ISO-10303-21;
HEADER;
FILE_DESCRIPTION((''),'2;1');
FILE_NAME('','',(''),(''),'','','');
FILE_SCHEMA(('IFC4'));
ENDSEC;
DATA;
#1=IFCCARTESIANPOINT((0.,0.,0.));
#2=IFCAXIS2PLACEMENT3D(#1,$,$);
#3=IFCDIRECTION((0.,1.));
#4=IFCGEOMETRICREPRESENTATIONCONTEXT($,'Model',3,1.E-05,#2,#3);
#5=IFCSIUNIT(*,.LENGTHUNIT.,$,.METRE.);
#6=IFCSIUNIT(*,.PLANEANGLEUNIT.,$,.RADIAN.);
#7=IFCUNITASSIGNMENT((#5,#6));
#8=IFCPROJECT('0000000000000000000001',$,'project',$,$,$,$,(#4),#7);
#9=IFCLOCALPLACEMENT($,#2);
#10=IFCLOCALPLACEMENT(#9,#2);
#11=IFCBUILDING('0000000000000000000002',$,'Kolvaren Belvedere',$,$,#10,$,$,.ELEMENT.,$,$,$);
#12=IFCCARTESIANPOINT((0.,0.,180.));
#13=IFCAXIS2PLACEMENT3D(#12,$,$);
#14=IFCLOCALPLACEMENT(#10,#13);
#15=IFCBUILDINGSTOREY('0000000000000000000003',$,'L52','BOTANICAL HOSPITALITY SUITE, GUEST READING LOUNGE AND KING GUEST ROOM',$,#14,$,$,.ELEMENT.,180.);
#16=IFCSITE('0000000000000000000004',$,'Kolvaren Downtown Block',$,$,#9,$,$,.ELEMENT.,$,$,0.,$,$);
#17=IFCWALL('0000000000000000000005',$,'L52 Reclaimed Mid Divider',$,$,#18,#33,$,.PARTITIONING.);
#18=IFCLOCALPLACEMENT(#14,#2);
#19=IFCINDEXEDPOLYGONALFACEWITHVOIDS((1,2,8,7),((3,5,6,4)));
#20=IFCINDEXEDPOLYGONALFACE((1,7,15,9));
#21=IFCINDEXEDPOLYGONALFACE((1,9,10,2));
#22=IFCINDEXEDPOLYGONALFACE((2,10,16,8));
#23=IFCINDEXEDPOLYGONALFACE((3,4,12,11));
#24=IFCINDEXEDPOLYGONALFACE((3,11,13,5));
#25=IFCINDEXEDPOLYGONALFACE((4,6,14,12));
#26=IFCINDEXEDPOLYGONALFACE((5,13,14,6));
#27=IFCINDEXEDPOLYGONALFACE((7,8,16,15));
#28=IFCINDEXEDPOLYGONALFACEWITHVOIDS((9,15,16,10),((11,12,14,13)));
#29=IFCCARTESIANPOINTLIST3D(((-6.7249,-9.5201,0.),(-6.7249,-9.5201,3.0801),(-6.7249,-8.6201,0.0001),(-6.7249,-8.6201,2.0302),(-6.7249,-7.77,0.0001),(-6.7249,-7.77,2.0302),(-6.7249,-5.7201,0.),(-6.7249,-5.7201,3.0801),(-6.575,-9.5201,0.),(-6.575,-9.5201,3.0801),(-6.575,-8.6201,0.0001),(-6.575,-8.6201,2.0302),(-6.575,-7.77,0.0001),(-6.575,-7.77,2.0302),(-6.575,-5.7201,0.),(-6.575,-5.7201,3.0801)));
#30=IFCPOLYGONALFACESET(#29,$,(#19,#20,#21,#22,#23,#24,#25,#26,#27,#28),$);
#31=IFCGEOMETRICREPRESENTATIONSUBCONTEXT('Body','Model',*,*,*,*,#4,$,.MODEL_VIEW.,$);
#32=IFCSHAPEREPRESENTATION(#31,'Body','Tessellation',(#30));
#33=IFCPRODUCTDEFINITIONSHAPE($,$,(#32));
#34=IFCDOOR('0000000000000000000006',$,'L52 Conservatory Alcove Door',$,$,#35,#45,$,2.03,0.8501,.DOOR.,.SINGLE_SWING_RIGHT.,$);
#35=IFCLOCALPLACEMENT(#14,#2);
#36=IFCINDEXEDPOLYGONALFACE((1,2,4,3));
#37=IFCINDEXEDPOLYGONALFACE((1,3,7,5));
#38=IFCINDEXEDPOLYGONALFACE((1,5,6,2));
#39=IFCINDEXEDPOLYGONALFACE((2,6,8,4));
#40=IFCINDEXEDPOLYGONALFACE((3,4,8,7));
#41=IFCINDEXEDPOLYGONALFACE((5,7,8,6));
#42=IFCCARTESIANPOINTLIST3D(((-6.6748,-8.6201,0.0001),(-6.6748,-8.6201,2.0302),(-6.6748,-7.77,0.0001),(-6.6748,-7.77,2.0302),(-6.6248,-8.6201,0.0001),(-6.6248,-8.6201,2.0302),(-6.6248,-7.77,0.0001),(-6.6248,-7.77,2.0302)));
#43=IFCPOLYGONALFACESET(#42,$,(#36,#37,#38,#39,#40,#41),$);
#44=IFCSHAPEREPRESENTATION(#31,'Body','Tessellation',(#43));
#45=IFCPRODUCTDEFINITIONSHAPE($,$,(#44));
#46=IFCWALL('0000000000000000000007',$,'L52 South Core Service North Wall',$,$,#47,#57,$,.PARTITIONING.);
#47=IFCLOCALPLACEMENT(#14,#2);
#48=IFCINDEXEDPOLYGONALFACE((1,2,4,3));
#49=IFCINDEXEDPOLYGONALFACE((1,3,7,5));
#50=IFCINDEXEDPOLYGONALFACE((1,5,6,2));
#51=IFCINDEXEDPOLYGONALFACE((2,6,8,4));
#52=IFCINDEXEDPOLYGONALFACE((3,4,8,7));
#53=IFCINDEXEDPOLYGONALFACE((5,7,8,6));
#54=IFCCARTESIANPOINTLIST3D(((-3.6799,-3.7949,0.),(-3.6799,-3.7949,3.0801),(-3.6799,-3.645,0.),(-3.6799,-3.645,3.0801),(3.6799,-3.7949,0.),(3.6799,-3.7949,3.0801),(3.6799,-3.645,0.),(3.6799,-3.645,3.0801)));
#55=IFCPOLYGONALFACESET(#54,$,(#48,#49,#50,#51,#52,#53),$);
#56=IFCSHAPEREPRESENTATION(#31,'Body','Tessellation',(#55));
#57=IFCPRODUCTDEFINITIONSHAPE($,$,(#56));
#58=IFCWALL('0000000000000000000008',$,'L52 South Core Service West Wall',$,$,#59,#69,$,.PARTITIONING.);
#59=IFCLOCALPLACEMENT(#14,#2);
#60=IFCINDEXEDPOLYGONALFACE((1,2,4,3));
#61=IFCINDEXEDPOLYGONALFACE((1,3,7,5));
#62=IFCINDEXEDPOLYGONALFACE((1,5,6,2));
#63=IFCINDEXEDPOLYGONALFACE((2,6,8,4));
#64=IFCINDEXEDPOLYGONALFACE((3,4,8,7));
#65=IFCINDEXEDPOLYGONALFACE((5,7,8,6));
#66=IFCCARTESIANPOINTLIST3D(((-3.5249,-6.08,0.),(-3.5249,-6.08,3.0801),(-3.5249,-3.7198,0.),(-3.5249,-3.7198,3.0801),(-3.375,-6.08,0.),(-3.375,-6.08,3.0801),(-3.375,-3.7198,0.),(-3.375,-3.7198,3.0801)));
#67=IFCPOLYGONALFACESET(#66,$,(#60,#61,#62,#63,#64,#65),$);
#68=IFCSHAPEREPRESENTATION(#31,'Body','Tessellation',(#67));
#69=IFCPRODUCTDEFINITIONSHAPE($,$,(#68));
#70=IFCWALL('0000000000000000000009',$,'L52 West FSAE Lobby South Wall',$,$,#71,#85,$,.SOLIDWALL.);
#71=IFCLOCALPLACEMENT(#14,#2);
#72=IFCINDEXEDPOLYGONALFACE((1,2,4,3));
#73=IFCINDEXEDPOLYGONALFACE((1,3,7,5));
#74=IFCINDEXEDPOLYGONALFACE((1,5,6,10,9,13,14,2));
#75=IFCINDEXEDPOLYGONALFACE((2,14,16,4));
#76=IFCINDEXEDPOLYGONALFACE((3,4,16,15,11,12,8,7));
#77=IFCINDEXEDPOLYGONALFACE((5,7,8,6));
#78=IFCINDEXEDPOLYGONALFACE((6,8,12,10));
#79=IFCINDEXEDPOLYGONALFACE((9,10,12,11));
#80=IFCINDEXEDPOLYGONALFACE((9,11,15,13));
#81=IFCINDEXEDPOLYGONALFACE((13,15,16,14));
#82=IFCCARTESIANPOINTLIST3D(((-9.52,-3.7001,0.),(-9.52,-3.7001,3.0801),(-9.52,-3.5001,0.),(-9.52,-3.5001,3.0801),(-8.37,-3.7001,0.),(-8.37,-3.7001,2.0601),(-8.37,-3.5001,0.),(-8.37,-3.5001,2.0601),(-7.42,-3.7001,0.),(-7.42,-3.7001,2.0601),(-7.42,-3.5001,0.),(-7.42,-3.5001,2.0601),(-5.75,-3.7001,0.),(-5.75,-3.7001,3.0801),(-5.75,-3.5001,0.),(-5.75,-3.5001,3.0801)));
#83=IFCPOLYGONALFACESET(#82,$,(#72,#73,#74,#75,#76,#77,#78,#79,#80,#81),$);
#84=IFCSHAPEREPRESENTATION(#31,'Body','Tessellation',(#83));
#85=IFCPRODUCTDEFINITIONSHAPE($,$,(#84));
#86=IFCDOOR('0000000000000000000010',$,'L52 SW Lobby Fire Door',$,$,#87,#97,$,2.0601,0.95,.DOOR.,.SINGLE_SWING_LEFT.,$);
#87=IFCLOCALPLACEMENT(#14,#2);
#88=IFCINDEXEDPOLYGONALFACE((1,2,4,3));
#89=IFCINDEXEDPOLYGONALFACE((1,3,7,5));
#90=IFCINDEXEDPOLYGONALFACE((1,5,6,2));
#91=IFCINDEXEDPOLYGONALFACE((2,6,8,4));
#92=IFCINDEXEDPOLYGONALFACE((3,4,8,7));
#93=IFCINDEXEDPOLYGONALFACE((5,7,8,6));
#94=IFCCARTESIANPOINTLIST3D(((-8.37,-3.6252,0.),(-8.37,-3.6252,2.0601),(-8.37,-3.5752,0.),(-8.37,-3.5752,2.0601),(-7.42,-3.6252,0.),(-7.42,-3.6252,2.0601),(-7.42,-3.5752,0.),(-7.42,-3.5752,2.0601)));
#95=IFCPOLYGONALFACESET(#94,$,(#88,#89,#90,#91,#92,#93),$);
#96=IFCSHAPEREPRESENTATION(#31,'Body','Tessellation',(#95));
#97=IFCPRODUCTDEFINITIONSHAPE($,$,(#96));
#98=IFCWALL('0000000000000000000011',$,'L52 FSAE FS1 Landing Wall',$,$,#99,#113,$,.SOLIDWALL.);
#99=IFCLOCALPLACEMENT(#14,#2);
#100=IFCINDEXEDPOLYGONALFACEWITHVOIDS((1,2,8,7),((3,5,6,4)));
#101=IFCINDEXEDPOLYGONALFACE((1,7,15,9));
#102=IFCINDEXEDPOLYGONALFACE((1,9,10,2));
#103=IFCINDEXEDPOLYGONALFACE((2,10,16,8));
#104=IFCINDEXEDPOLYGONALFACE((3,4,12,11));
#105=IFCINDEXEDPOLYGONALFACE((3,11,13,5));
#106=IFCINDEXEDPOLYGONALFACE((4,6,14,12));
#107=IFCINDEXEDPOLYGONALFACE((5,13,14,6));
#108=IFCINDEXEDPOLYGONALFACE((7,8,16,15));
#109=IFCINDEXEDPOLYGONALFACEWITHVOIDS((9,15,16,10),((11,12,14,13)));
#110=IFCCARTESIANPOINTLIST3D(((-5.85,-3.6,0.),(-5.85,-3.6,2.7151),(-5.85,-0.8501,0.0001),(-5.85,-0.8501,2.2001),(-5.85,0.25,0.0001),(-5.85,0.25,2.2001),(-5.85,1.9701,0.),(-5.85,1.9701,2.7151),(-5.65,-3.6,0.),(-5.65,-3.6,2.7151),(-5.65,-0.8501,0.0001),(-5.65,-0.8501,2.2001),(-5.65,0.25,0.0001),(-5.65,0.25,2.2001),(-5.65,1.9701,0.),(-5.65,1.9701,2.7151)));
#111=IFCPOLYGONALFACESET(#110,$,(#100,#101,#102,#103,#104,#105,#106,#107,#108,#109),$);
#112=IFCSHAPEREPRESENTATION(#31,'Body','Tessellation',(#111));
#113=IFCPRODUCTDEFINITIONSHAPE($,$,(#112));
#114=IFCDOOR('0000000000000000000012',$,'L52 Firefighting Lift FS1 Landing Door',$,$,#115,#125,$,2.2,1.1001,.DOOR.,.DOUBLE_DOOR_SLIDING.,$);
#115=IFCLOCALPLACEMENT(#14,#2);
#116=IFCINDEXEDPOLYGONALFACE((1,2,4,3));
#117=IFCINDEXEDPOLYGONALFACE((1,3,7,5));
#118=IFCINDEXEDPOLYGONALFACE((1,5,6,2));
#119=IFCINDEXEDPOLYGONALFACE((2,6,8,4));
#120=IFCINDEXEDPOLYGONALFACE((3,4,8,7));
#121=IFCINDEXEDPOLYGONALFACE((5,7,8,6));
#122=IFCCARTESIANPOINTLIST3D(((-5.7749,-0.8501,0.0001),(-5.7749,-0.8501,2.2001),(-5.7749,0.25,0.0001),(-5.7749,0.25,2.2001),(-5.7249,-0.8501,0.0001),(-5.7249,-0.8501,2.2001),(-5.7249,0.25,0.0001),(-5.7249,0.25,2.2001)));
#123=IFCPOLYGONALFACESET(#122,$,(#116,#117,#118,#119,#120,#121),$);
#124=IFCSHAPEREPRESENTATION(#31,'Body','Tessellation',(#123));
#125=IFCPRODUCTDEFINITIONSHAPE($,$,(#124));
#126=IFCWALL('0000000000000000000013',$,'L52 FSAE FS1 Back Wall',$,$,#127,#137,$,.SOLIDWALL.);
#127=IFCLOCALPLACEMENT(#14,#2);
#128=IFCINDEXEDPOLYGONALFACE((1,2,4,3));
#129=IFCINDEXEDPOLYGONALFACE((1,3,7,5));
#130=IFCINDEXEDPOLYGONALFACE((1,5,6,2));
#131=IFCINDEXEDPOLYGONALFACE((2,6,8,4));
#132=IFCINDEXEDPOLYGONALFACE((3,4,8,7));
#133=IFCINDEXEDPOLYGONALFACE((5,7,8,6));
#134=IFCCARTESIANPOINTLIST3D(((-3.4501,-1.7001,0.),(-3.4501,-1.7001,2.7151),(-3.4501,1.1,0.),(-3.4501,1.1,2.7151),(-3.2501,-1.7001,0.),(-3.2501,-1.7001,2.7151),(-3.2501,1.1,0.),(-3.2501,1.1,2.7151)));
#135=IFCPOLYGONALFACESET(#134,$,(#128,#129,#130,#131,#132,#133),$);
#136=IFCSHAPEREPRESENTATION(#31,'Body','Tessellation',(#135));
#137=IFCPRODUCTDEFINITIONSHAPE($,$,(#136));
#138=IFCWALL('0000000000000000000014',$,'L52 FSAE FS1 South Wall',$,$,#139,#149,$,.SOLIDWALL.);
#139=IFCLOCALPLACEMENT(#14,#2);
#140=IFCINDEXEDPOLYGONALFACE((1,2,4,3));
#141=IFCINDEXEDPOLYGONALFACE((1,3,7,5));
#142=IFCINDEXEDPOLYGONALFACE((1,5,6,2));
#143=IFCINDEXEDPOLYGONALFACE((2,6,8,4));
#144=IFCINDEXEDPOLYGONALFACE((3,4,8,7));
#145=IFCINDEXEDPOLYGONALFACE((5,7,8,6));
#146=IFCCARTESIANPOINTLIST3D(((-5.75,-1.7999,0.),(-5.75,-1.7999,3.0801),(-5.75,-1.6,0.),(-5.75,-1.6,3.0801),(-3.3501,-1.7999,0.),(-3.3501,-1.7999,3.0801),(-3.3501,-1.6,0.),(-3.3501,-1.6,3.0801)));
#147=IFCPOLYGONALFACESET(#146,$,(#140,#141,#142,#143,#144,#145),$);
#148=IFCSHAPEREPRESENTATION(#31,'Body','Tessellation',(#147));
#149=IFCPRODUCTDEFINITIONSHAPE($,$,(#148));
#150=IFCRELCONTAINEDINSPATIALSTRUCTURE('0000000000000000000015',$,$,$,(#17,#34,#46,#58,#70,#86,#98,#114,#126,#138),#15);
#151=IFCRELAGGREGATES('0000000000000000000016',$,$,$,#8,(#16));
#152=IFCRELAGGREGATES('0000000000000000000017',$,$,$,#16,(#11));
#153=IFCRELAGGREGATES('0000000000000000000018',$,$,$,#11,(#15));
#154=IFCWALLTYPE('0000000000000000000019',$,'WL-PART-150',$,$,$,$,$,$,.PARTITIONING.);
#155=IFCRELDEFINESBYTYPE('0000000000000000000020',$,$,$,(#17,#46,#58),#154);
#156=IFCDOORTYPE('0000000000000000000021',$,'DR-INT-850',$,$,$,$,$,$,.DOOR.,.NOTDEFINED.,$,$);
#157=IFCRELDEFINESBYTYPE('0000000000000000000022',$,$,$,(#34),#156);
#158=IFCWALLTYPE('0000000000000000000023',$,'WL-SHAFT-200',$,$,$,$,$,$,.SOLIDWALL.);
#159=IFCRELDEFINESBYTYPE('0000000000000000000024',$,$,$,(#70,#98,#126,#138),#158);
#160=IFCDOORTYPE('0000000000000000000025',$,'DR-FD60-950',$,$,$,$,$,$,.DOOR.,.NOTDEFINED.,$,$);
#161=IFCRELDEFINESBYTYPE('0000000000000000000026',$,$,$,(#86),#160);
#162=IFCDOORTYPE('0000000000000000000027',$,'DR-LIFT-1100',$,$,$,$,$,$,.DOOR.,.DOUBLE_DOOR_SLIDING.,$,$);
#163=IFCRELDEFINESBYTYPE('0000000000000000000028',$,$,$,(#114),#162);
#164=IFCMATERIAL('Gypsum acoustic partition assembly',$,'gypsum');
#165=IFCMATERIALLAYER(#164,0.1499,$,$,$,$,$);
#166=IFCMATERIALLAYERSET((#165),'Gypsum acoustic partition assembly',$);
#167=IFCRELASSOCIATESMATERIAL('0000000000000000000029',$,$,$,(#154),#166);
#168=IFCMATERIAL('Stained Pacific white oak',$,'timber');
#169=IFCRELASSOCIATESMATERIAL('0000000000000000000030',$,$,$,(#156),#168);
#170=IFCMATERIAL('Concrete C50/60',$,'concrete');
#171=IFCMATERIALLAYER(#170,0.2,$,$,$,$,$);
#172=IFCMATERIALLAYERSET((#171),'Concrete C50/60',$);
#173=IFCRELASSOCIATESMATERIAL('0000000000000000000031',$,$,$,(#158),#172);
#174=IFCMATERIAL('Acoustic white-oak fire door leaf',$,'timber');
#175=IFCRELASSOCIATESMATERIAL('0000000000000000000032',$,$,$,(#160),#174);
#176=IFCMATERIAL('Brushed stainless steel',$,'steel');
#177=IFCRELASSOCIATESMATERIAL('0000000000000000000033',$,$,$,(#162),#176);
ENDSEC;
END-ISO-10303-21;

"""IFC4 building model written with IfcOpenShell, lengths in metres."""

from ifc_helpers import new_model, si_unit, direction, frame, frame_2d, origin, place, context, subcontext, project, spatial, rectangle, extrude, material, layer, layer_set, type_object, element, fill, save


model = new_model("IFC4")

# Units and contexts
model_context = context("Model", 3, precision=1e-05, world=origin(), true_north=direction((0.0, 1.0)))
body_context = subcontext(model_context, "Body", "Model", "MODEL_VIEW")
ifc_project = project(units=[si_unit("LENGTHUNIT", "METRE"), si_unit("PLANEANGLEUNIT", "RADIAN")], contexts=[model_context])

# Site, building, storey
site_placement = place(None, origin())
site = spatial("IfcSite", under=ifc_project, at=site_placement, Name="Kolvaren Downtown Block", CompositionType="ELEMENT", RefElevation=0.0)
building_placement = place(site_placement, origin())
building = spatial("IfcBuilding", under=site, at=building_placement, Name="Kolvaren Belvedere", CompositionType="ELEMENT")
storey_placement = place(building_placement, frame((0.0, 0.0, 180.0)))
storey = spatial("IfcBuildingStorey", under=building, at=storey_placement, Name="L52", Description="BOTANICAL HOSPITALITY SUITE, GUEST READING LOUNGE AND KING GUEST ROOM", CompositionType="ELEMENT", Elevation=180.0)

# Wall, opening, door
ifc_material_1 = material(Name="Gypsum acoustic partition assembly", Category="gypsum")
ifc_layer_1 = layer(ifc_material_1, 0.1499)
ifc_layer_set_1 = layer_set([ifc_layer_1], Name="Gypsum acoustic partition assembly")
wall_type_1 = type_object("IfcWallType", Name="WL-PART-150", PredefinedType="PARTITIONING", material=ifc_layer_set_1)
wall_1_placement = place(storey_placement, frame((-6.6499, -9.52, 0.0), z_axis=(0.0, 0.0, 1.0), x_axis=(0.0, 1.0, 0.0)))
wall_1 = element("IfcWall", 1, at=wall_1_placement, inside=storey, type_object=wall_type_1, Name="L52 Reclaimed Mid Divider", PredefinedType="PARTITIONING", context=body_context, shape_type="SweptSolid", body=[
    extrude(rectangle(XDim=3.8, YDim=0.1499, at=frame_2d((1.8999, 0.0))), origin(), (0.0, 0.0, 1.0), 3.0801),
])
opening_1_placement = place(wall_1_placement, frame((0.8999, 0.0, 0.0)))
opening_1 = element("IfcOpeningElement", 2, at=opening_1_placement, cuts=wall_1, PredefinedType="OPENING", context=body_context, shape_type="SweptSolid", body=[
    extrude(rectangle(XDim=0.8501, YDim=2.03, at=frame_2d((0.425, 1.0151))), frame((0.0, 0.085, 0.0), z_axis=(0.0, -1.0, 0.0), x_axis=(1.0, 0.0, 0.0)), (0.0, 0.0, 1.0), 0.1699),
])
ifc_material_2 = material(Name="Stained Pacific white oak", Category="timber")
door_type_1 = type_object("IfcDoorType", Name="DR-INT-850", OperationType="NOTDEFINED", PredefinedType="DOOR", material=ifc_material_2)
door_1_placement = place(opening_1_placement, origin())
door_1 = element("IfcDoor", 3, at=door_1_placement, inside=storey, type_object=door_type_1, Name="L52 Conservatory Alcove Door", OperationType="SINGLE_SWING_RIGHT", OverallHeight=2.03, OverallWidth=0.8501, PredefinedType="DOOR", context=body_context, shape_type="SweptSolid", body=[
    extrude(rectangle(XDim=0.8501, YDim=2.03, at=frame_2d((0.425, 1.0151))), frame((0.0, 0.0249, 0.0), z_axis=(0.0, -1.0, 0.0), x_axis=(1.0, 0.0, 0.0)), (0.0, 0.0, 1.0), 0.05),
])
fill(opening_1, door_1)

# Walls
wall_2_placement = place(storey_placement, frame((-3.6799, -3.72, 0.0), z_axis=(0.0, 0.0, 1.0), x_axis=(1.0, 0.0, 0.0)))
element("IfcWall", 4, at=wall_2_placement, inside=storey, type_object=wall_type_1, Name="L52 South Core Service North Wall", PredefinedType="PARTITIONING", context=body_context, shape_type="SweptSolid", body=[
    extrude(rectangle(XDim=7.3599, YDim=0.1499, at=frame_2d((3.6799, 0.0))), origin(), (0.0, 0.0, 1.0), 3.0801),
])
wall_3_placement = place(storey_placement, frame((-3.45, -6.0801, 0.0), z_axis=(0.0, 0.0, 1.0), x_axis=(0.0, 1.0, 0.0)))
element("IfcWall", 5, at=wall_3_placement, inside=storey, type_object=wall_type_1, Name="L52 South Core Service West Wall", PredefinedType="PARTITIONING", context=body_context, shape_type="SweptSolid", body=[
    extrude(rectangle(XDim=2.3601, YDim=0.1499, at=frame_2d((1.1802, 0.0))), origin(), (0.0, 0.0, 1.0), 3.0801),
])

# Walls, openings, doors
ifc_material_3 = material(Name="Concrete C50/60", Category="concrete")
ifc_layer_2 = layer(ifc_material_3, 0.2)
ifc_layer_set_2 = layer_set([ifc_layer_2], Name="Concrete C50/60")
wall_type_2 = type_object("IfcWallType", Name="WL-SHAFT-200", PredefinedType="SOLIDWALL", material=ifc_layer_set_2)
wall_4_placement = place(storey_placement, frame((-9.52, -3.6001, 0.0), z_axis=(0.0, 0.0, 1.0), x_axis=(1.0, 0.0, 0.0)))
wall_4 = element("IfcWall", 6, at=wall_4_placement, inside=storey, type_object=wall_type_2, Name="L52 West FSAE Lobby South Wall", PredefinedType="SOLIDWALL", context=body_context, shape_type="SweptSolid", body=[
    extrude(rectangle(XDim=3.77, YDim=0.2, at=frame_2d((1.885, 0.0))), origin(), (0.0, 0.0, 1.0), 3.0801),
])
opening_2_placement = place(wall_4_placement, frame((1.1499, 0.0, 0.0)))
opening_2 = element("IfcOpeningElement", 7, at=opening_2_placement, cuts=wall_4, PredefinedType="OPENING", context=body_context, shape_type="SweptSolid", body=[
    extrude(rectangle(XDim=0.95, YDim=2.0601, at=frame_2d((0.4751, 1.03))), frame((0.0, 0.1099, 0.0), z_axis=(0.0, -1.0, 0.0), x_axis=(1.0, 0.0, 0.0)), (0.0, 0.0, 1.0), 0.22),
])
ifc_material_4 = material(Name="Acoustic white-oak fire door leaf", Category="timber")
door_type_2 = type_object("IfcDoorType", Name="DR-FD60-950", OperationType="NOTDEFINED", PredefinedType="DOOR", material=ifc_material_4)
door_2_placement = place(opening_2_placement, origin())
door_2 = element("IfcDoor", 8, at=door_2_placement, inside=storey, type_object=door_type_2, Name="L52 SW Lobby Fire Door", OperationType="SINGLE_SWING_LEFT", OverallHeight=2.0601, OverallWidth=0.95, PredefinedType="DOOR", context=body_context, shape_type="SweptSolid", body=[
    extrude(rectangle(XDim=0.95, YDim=2.0601, at=frame_2d((0.4751, 1.03))), frame((0.0, 0.0249, 0.0), z_axis=(0.0, -1.0, 0.0), x_axis=(1.0, 0.0, 0.0)), (0.0, 0.0, 1.0), 0.05),
])
fill(opening_2, door_2)
wall_5_placement = place(storey_placement, frame((-5.75, -3.6001, 0.0), z_axis=(0.0, 0.0, 1.0), x_axis=(0.0, 1.0, 0.0)))
wall_5 = element("IfcWall", 9, at=wall_5_placement, inside=storey, type_object=wall_type_2, Name="L52 FSAE FS1 Landing Wall", PredefinedType="SOLIDWALL", context=body_context, shape_type="SweptSolid", body=[
    extrude(rectangle(XDim=5.5701, YDim=0.2, at=frame_2d((2.7852, 0.0))), origin(), (0.0, 0.0, 1.0), 2.7151),
])
opening_3_placement = place(wall_5_placement, frame((2.75, 0.0, 0.0)))
opening_3 = element("IfcOpeningElement", 10, at=opening_3_placement, cuts=wall_5, PredefinedType="OPENING", context=body_context, shape_type="SweptSolid", body=[
    extrude(rectangle(XDim=1.1001, YDim=2.2, at=frame_2d((0.55, 1.1001))), frame((0.0, 0.1099, 0.0), z_axis=(0.0, -1.0, 0.0), x_axis=(1.0, 0.0, 0.0)), (0.0, 0.0, 1.0), 0.22),
])
ifc_material_5 = material(Name="Brushed stainless steel", Category="steel")
door_type_3 = type_object("IfcDoorType", Name="DR-LIFT-1100", OperationType="DOUBLE_DOOR_SLIDING", PredefinedType="DOOR", material=ifc_material_5)
door_3_placement = place(opening_3_placement, origin())
door_3 = element("IfcDoor", 11, at=door_3_placement, inside=storey, type_object=door_type_3, Name="L52 Firefighting Lift FS1 Landing Door", OperationType="DOUBLE_DOOR_SLIDING", OverallHeight=2.2, OverallWidth=1.1001, PredefinedType="DOOR", context=body_context, shape_type="SweptSolid", body=[
    extrude(rectangle(XDim=1.1001, YDim=2.2, at=frame_2d((0.55, 1.1001))), frame((0.0, 0.0249, 0.0), z_axis=(0.0, -1.0, 0.0), x_axis=(1.0, 0.0, 0.0)), (0.0, 0.0, 1.0), 0.05),
])
fill(opening_3, door_3)

# Walls
wall_6_placement = place(storey_placement, frame((-3.3501, -1.7, 0.0), z_axis=(0.0, 0.0, 1.0), x_axis=(0.0, 1.0, 0.0)))
element("IfcWall", 12, at=wall_6_placement, inside=storey, type_object=wall_type_2, Name="L52 FSAE FS1 Back Wall", PredefinedType="SOLIDWALL", context=body_context, shape_type="SweptSolid", body=[
    extrude(rectangle(XDim=2.8, YDim=0.2, at=frame_2d((1.3999, 0.0))), origin(), (0.0, 0.0, 1.0), 2.7151),
])
wall_7_placement = place(storey_placement, frame((-5.75, -1.7, 0.0), z_axis=(0.0, 0.0, 1.0), x_axis=(1.0, 0.0, 0.0)))
element("IfcWall", 13, at=wall_7_placement, inside=storey, type_object=wall_type_2, Name="L52 FSAE FS1 South Wall", PredefinedType="SOLIDWALL", context=body_context, shape_type="SweptSolid", body=[
    extrude(rectangle(XDim=2.3999, YDim=0.2, at=frame_2d((1.2, 0.0))), origin(), (0.0, 0.0, 1.0), 3.0801),
])

save(model, "model.ifc")
